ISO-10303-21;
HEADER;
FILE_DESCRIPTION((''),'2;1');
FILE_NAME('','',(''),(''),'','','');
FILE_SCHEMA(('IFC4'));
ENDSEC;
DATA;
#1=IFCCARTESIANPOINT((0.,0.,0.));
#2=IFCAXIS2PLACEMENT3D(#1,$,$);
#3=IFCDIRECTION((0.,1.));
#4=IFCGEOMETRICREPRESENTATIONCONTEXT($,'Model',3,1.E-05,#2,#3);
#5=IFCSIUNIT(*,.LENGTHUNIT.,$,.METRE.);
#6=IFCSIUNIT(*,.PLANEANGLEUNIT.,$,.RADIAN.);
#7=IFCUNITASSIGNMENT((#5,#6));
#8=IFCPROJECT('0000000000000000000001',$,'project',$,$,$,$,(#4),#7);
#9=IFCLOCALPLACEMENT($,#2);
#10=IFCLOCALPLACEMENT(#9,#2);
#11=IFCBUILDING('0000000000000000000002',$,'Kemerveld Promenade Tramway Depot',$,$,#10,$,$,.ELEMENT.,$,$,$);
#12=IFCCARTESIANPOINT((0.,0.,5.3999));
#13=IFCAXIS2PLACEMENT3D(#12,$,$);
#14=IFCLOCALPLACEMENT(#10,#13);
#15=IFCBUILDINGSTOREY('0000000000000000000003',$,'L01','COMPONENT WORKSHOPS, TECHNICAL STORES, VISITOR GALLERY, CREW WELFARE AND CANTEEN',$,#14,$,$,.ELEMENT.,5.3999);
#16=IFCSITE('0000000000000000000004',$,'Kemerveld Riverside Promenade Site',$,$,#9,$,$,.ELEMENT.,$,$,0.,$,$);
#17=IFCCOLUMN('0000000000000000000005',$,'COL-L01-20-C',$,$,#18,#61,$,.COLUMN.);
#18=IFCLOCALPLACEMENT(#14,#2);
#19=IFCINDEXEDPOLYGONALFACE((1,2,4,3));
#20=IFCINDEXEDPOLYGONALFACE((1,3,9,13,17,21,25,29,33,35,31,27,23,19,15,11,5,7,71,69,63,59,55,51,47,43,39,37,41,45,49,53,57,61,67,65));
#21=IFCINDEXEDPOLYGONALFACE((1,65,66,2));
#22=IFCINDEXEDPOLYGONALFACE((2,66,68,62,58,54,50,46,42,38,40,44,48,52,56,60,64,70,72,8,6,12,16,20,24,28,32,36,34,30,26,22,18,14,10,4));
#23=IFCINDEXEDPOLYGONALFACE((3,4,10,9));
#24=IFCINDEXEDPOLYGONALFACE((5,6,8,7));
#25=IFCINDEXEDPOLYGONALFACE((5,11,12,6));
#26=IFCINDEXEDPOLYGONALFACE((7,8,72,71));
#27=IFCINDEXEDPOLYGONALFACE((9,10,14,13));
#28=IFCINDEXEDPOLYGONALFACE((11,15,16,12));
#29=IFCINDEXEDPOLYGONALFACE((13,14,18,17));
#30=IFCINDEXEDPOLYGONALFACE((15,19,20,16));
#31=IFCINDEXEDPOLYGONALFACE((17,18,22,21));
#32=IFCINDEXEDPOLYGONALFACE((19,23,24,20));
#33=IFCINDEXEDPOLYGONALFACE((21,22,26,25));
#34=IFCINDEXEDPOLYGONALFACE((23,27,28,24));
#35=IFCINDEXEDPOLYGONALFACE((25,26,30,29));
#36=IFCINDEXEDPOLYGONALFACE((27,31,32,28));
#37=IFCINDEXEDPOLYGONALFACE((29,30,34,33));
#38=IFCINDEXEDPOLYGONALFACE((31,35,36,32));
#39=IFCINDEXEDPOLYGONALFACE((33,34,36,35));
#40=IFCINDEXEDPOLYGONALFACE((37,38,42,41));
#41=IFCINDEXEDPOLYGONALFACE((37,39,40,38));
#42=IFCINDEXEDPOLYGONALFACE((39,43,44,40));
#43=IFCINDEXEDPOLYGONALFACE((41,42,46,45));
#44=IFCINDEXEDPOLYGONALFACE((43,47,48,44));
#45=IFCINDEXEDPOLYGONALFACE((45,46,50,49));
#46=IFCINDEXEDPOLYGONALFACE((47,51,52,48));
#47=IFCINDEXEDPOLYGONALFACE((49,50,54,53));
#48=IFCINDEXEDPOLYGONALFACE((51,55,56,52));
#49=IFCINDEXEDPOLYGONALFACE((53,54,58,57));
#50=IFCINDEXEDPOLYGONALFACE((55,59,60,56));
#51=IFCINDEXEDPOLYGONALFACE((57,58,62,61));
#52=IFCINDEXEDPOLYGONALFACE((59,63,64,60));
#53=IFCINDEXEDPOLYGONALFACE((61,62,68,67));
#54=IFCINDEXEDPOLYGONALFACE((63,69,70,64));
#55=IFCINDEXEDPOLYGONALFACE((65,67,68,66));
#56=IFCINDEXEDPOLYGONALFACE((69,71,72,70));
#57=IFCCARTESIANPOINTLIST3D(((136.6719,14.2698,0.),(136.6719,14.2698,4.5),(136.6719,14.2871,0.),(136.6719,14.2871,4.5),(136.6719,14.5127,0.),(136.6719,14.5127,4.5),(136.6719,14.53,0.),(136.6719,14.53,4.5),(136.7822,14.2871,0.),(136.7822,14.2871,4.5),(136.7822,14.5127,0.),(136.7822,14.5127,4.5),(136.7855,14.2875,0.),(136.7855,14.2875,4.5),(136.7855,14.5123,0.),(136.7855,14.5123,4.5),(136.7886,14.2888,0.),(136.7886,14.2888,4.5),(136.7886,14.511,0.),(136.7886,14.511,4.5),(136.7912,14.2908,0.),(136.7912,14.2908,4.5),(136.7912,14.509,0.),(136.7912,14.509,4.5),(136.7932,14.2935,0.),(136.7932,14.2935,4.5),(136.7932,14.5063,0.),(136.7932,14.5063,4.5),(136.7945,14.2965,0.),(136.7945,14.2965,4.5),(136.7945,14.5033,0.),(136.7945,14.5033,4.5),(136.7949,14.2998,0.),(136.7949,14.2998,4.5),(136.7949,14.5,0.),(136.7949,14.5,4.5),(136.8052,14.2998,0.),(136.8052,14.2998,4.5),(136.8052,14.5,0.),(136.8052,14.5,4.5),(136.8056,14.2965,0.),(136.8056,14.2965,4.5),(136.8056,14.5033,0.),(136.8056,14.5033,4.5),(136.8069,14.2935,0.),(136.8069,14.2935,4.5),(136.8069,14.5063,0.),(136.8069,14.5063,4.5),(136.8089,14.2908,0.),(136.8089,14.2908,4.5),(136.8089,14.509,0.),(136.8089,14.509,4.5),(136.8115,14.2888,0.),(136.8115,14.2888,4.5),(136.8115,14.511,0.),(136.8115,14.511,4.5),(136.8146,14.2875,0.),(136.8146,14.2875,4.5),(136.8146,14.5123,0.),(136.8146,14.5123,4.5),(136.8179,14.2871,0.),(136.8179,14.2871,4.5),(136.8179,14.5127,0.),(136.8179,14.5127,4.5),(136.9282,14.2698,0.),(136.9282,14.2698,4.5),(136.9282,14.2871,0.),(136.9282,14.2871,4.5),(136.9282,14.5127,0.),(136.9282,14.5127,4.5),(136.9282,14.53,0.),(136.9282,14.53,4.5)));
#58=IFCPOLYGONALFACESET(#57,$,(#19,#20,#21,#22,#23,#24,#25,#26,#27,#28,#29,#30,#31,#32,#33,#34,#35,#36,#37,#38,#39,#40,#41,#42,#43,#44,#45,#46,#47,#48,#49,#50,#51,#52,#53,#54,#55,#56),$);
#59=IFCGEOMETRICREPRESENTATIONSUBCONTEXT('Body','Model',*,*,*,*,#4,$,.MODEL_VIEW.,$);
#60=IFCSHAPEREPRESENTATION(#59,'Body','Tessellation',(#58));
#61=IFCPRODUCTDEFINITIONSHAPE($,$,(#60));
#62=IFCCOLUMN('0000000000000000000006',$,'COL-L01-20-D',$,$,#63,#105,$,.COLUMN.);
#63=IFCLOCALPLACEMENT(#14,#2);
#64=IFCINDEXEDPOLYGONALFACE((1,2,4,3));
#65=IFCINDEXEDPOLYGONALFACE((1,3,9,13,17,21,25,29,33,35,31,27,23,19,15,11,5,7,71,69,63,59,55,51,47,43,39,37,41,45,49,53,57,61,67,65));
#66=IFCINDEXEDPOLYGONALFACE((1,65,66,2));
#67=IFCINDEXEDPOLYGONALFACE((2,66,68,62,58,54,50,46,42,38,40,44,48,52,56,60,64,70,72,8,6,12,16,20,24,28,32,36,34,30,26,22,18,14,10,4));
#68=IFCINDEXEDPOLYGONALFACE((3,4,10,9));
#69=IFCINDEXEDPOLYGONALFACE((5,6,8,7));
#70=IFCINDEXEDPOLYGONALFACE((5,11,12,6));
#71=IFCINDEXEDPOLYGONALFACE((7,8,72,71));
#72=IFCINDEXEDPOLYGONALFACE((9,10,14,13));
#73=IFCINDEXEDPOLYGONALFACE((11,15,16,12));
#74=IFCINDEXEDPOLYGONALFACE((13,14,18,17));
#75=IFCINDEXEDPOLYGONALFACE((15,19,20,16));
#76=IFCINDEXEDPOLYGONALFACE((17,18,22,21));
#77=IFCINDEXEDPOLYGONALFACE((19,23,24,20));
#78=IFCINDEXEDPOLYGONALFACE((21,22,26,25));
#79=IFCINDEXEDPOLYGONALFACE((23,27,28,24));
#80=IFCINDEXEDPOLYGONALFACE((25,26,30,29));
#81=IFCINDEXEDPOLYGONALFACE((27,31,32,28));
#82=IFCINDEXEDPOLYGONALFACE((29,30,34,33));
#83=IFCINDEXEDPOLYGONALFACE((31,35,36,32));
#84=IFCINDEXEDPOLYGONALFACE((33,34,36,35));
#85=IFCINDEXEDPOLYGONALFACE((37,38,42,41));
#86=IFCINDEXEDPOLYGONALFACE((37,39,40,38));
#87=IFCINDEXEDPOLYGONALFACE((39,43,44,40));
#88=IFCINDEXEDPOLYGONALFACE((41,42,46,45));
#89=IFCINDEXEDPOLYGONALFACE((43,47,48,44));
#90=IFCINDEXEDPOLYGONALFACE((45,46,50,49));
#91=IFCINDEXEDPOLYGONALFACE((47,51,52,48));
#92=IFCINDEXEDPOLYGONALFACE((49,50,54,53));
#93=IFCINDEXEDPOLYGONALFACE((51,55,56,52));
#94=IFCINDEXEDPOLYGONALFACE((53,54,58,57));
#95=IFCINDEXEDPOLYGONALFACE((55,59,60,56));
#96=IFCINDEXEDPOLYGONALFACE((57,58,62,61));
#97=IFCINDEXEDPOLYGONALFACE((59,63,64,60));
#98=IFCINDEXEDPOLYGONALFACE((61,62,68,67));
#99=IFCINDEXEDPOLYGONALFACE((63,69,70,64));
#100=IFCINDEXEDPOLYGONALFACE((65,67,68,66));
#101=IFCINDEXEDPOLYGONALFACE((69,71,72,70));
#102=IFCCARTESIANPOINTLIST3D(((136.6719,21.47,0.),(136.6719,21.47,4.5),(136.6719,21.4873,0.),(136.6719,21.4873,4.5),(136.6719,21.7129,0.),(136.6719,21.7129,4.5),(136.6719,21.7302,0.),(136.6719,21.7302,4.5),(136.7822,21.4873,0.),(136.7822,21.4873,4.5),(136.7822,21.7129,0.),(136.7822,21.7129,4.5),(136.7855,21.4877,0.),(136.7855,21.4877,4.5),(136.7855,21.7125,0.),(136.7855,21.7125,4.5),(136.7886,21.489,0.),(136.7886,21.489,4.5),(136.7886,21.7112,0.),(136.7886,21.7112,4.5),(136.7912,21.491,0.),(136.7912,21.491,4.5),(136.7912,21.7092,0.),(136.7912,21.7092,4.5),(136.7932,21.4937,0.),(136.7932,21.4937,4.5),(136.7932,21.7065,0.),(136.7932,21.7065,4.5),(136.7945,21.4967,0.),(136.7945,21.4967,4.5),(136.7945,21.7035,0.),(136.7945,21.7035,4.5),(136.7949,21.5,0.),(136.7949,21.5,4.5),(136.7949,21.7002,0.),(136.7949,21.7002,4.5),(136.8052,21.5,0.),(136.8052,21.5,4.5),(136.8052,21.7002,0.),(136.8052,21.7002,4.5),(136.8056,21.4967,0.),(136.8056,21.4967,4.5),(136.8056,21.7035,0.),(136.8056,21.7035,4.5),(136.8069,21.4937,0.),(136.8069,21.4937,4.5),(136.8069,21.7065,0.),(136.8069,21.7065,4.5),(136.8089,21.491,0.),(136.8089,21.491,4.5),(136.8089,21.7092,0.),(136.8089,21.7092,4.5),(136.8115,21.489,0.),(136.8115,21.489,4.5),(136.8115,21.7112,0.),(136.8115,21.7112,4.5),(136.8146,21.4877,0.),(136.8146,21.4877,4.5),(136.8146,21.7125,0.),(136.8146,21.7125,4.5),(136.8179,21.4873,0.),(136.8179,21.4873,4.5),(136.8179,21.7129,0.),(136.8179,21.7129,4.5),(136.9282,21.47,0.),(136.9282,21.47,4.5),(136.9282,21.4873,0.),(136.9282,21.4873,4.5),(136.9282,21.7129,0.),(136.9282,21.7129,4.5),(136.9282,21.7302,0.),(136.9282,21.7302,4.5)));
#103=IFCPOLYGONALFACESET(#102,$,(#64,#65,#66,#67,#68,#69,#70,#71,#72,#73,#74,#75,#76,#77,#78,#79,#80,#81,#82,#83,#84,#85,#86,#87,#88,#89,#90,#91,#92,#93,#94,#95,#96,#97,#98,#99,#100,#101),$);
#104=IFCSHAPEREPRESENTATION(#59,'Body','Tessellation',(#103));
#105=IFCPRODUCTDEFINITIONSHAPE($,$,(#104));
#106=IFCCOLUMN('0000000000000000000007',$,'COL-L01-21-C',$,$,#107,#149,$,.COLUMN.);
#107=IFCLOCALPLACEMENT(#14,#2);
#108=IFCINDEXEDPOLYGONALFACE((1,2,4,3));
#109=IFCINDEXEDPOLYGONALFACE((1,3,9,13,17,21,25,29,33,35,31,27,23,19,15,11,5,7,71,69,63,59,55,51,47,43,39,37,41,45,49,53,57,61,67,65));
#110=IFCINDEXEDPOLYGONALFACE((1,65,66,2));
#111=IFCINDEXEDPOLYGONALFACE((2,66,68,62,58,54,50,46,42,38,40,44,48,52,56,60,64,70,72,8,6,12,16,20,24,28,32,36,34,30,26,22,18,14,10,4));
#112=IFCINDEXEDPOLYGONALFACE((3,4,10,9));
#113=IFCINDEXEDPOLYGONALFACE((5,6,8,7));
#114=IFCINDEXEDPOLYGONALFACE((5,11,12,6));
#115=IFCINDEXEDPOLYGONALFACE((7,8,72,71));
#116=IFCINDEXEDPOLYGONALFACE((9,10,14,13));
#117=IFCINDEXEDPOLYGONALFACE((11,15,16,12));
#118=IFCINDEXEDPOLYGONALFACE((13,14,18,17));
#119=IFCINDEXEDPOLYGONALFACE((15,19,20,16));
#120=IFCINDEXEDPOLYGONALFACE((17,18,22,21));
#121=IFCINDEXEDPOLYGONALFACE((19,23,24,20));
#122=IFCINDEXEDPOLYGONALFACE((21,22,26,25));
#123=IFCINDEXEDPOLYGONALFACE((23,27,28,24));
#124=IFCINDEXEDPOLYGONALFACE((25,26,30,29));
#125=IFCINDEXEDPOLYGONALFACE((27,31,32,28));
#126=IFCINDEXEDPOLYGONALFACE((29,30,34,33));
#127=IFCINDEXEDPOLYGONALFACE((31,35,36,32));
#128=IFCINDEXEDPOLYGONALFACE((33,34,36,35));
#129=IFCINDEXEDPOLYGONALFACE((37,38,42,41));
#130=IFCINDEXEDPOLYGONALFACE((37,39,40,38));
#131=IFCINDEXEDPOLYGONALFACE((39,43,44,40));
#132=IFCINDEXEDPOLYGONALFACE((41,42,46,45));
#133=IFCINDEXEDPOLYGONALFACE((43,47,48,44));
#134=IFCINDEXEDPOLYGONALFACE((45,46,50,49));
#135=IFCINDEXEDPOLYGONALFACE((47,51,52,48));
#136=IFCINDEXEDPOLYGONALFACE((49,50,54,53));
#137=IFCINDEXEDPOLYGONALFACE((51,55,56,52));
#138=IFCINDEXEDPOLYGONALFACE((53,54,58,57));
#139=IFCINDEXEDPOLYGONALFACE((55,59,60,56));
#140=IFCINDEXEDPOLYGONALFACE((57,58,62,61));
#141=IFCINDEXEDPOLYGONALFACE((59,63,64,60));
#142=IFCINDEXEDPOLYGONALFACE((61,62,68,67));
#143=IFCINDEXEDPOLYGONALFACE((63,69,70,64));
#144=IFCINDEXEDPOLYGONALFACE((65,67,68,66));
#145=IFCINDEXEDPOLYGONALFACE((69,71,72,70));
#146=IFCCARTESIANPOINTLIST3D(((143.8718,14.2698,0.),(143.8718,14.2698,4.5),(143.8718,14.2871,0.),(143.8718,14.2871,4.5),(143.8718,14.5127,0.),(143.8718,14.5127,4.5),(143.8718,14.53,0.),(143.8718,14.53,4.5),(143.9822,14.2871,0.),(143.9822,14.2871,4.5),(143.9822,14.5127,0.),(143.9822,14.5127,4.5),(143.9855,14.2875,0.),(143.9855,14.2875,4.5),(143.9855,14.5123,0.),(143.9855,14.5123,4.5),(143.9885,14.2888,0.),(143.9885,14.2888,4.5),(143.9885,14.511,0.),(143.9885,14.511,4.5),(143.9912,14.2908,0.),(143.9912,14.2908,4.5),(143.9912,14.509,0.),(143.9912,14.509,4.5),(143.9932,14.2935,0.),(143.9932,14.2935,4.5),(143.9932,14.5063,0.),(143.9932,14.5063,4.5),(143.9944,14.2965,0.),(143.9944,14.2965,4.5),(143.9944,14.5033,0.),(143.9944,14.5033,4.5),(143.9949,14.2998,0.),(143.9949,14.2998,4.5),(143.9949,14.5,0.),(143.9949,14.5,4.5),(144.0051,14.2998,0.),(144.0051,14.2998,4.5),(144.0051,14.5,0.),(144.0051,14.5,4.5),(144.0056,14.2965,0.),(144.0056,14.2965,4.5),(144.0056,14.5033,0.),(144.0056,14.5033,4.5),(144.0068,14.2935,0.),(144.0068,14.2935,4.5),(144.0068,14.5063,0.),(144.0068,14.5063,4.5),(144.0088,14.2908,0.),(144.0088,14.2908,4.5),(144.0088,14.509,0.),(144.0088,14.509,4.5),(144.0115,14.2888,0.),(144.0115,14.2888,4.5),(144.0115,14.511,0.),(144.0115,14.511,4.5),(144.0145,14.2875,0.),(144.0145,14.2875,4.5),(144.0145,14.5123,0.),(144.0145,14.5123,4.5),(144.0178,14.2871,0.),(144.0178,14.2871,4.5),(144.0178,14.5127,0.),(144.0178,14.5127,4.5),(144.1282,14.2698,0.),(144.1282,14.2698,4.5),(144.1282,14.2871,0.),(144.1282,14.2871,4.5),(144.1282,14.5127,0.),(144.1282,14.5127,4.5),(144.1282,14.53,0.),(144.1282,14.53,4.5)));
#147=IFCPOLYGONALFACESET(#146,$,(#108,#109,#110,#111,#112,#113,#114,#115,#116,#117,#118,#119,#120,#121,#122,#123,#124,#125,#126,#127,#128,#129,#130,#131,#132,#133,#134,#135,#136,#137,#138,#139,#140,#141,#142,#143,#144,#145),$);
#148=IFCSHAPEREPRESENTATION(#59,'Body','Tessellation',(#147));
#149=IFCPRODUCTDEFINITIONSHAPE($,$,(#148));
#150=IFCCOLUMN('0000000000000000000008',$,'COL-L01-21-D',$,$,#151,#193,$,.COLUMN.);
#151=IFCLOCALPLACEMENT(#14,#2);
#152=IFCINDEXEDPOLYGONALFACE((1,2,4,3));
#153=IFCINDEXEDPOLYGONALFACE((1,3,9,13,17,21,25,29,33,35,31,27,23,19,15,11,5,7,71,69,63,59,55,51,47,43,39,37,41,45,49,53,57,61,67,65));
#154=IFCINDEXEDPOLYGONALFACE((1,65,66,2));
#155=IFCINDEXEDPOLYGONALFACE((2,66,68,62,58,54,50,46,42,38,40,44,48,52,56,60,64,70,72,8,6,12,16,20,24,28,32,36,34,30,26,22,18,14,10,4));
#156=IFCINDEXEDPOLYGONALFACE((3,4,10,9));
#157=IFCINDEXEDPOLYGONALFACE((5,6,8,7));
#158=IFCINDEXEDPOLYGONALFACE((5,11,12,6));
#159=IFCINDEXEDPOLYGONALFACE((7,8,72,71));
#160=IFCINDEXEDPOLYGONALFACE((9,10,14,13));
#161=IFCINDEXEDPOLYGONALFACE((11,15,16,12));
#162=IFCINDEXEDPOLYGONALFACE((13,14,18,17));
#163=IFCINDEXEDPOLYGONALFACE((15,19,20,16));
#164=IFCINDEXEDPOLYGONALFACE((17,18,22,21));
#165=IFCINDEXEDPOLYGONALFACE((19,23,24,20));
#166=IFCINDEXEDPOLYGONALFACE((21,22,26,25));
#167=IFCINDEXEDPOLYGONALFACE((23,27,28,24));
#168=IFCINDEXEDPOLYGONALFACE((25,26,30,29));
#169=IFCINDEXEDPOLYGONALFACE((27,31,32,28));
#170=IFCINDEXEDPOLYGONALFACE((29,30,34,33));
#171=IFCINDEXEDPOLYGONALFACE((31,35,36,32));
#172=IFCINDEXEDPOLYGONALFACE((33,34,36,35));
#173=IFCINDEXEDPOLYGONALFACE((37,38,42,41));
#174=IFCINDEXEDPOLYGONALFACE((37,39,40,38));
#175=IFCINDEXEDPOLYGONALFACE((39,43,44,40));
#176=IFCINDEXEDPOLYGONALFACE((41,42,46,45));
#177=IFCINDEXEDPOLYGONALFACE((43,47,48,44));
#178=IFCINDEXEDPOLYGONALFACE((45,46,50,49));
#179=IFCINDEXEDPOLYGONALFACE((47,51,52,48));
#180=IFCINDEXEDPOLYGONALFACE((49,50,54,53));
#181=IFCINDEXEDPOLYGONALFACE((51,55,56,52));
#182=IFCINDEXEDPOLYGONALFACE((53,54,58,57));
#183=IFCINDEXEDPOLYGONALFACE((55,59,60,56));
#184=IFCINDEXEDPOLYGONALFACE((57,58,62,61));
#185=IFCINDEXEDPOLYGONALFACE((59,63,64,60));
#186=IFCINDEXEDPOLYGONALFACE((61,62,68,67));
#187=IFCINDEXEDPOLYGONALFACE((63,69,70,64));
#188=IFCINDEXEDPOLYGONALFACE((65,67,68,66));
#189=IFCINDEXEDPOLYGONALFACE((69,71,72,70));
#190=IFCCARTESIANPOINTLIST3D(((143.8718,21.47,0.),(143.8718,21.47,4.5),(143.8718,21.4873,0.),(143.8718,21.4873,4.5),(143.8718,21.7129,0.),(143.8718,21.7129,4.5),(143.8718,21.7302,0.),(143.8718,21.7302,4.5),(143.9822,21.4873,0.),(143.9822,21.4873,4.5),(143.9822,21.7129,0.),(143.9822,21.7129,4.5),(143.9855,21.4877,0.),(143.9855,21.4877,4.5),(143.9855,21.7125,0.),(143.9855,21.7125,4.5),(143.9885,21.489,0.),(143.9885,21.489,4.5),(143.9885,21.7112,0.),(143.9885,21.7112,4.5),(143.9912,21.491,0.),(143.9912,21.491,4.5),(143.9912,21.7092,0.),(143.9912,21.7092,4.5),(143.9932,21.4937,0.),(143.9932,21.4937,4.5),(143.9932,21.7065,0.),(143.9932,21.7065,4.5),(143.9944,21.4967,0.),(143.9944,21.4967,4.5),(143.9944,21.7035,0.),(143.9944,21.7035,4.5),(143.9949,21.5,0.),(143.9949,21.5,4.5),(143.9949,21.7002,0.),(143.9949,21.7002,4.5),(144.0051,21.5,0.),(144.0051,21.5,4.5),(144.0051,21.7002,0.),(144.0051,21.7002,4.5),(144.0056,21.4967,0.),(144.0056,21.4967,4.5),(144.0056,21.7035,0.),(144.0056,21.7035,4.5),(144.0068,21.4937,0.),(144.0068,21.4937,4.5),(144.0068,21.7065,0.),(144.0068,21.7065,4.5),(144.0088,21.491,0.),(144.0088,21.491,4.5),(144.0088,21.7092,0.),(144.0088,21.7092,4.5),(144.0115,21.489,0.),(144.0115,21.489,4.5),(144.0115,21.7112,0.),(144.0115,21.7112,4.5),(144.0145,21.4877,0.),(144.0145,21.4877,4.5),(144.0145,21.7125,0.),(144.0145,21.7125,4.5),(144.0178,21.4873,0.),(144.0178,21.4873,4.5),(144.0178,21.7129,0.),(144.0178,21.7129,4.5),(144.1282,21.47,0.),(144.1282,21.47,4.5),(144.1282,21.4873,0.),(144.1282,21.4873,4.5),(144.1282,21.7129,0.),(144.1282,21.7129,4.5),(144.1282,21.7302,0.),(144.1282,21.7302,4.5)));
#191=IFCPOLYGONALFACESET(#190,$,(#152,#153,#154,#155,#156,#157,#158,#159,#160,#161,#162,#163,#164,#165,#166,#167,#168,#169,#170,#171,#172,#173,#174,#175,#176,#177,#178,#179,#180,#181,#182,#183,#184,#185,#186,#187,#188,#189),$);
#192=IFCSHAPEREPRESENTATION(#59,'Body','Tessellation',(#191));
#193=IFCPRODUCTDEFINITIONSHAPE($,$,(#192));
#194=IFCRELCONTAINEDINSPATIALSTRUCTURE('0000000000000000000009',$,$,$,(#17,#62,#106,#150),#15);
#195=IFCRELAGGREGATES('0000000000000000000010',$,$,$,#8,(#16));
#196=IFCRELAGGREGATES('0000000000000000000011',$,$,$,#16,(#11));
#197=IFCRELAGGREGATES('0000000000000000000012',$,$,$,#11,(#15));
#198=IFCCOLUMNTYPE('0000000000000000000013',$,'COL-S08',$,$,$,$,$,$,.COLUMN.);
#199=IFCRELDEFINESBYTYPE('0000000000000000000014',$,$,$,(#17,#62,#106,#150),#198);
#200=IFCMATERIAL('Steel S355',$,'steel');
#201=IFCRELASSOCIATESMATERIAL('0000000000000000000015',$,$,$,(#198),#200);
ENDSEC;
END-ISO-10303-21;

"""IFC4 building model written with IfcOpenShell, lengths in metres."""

from ifc_helpers import new_model, si_unit, direction, frame, origin, origin_2d, place, context, subcontext, project, spatial, i_section, extrude, material, material_profile, profile_set, type_object, element, save


model = new_model("IFC4")

# Units and contexts
model_context = context("Model", 3, precision=1e-05, world=origin(), true_north=direction((0.0, 1.0)))
body_context = subcontext(model_context, "Body", "Model", "MODEL_VIEW")
ifc_project = project(units=[si_unit("LENGTHUNIT", "METRE"), si_unit("PLANEANGLEUNIT", "RADIAN")], contexts=[model_context])

# Site, building, storey
site_placement = place(None, origin())
site = spatial("IfcSite", under=ifc_project, at=site_placement, Name="Kemerveld Riverside Promenade Site", CompositionType="ELEMENT", RefElevation=0.0)
building_placement = place(site_placement, origin())
building = spatial("IfcBuilding", under=site, at=building_placement, Name="Kemerveld Promenade Tramway Depot", CompositionType="ELEMENT")
storey_placement = place(building_placement, frame((0.0, 0.0, 5.3999)))
storey = spatial("IfcBuildingStorey", under=building, at=storey_placement, Name="L01", Description="COMPONENT WORKSHOPS, TECHNICAL STORES, VISITOR GALLERY, CREW WELFARE AND CANTEEN", CompositionType="ELEMENT", Elevation=5.3999)

# Columns
ifc_material_1 = material(Name="Steel S355", Category="steel")
ifc_material_profile_1 = material_profile(ifc_material_1, i_section(OverallWidth=0.2563, OverallDepth=0.2603, WebThickness=0.0103, FlangeThickness=0.0173, FilletRadius=0.0127, at=origin_2d()), Name="254x254x89 UC")
ifc_profile_set_1 = profile_set([ifc_material_profile_1], Name="Steel S355")
column_type = type_object("IfcColumnType", Name="COL-S08", PredefinedType="COLUMN", material=ifc_profile_set_1)
for number, where, z_axis, x_axis, name in (
    (1, (136.8, 14.3999, 0.0), (0.0, 0.0, 1.0), (1.0, 0.0, 0.0), "COL-L01-20-C"),
    (2, (136.8, 21.6001, 0.0), (0.0, 0.0, 1.0), (1.0, 0.0, 0.0), "COL-L01-20-D"),
    (3, (144.0, 14.3999, 0.0), (0.0, 0.0, 1.0), (1.0, 0.0, 0.0), "COL-L01-21-C"),
    (4, (144.0, 21.6001, 0.0), (0.0, 0.0, 1.0), (1.0, 0.0, 0.0), "COL-L01-21-D"),
):
    element("IfcColumn", number, at=place(storey_placement, frame(where, z_axis=z_axis, x_axis=x_axis)), inside=storey, type_object=column_type, Name=name, PredefinedType="COLUMN", context=body_context, shape_type="SweptSolid", body=[
        extrude(i_section(OverallWidth=0.2563, OverallDepth=0.2603, WebThickness=0.0103, FlangeThickness=0.0173, FilletRadius=0.0127, at=origin_2d()), origin(), (0.0, 0.0, 1.0), 4.5),
    ])

save(model, "model.ifc")
